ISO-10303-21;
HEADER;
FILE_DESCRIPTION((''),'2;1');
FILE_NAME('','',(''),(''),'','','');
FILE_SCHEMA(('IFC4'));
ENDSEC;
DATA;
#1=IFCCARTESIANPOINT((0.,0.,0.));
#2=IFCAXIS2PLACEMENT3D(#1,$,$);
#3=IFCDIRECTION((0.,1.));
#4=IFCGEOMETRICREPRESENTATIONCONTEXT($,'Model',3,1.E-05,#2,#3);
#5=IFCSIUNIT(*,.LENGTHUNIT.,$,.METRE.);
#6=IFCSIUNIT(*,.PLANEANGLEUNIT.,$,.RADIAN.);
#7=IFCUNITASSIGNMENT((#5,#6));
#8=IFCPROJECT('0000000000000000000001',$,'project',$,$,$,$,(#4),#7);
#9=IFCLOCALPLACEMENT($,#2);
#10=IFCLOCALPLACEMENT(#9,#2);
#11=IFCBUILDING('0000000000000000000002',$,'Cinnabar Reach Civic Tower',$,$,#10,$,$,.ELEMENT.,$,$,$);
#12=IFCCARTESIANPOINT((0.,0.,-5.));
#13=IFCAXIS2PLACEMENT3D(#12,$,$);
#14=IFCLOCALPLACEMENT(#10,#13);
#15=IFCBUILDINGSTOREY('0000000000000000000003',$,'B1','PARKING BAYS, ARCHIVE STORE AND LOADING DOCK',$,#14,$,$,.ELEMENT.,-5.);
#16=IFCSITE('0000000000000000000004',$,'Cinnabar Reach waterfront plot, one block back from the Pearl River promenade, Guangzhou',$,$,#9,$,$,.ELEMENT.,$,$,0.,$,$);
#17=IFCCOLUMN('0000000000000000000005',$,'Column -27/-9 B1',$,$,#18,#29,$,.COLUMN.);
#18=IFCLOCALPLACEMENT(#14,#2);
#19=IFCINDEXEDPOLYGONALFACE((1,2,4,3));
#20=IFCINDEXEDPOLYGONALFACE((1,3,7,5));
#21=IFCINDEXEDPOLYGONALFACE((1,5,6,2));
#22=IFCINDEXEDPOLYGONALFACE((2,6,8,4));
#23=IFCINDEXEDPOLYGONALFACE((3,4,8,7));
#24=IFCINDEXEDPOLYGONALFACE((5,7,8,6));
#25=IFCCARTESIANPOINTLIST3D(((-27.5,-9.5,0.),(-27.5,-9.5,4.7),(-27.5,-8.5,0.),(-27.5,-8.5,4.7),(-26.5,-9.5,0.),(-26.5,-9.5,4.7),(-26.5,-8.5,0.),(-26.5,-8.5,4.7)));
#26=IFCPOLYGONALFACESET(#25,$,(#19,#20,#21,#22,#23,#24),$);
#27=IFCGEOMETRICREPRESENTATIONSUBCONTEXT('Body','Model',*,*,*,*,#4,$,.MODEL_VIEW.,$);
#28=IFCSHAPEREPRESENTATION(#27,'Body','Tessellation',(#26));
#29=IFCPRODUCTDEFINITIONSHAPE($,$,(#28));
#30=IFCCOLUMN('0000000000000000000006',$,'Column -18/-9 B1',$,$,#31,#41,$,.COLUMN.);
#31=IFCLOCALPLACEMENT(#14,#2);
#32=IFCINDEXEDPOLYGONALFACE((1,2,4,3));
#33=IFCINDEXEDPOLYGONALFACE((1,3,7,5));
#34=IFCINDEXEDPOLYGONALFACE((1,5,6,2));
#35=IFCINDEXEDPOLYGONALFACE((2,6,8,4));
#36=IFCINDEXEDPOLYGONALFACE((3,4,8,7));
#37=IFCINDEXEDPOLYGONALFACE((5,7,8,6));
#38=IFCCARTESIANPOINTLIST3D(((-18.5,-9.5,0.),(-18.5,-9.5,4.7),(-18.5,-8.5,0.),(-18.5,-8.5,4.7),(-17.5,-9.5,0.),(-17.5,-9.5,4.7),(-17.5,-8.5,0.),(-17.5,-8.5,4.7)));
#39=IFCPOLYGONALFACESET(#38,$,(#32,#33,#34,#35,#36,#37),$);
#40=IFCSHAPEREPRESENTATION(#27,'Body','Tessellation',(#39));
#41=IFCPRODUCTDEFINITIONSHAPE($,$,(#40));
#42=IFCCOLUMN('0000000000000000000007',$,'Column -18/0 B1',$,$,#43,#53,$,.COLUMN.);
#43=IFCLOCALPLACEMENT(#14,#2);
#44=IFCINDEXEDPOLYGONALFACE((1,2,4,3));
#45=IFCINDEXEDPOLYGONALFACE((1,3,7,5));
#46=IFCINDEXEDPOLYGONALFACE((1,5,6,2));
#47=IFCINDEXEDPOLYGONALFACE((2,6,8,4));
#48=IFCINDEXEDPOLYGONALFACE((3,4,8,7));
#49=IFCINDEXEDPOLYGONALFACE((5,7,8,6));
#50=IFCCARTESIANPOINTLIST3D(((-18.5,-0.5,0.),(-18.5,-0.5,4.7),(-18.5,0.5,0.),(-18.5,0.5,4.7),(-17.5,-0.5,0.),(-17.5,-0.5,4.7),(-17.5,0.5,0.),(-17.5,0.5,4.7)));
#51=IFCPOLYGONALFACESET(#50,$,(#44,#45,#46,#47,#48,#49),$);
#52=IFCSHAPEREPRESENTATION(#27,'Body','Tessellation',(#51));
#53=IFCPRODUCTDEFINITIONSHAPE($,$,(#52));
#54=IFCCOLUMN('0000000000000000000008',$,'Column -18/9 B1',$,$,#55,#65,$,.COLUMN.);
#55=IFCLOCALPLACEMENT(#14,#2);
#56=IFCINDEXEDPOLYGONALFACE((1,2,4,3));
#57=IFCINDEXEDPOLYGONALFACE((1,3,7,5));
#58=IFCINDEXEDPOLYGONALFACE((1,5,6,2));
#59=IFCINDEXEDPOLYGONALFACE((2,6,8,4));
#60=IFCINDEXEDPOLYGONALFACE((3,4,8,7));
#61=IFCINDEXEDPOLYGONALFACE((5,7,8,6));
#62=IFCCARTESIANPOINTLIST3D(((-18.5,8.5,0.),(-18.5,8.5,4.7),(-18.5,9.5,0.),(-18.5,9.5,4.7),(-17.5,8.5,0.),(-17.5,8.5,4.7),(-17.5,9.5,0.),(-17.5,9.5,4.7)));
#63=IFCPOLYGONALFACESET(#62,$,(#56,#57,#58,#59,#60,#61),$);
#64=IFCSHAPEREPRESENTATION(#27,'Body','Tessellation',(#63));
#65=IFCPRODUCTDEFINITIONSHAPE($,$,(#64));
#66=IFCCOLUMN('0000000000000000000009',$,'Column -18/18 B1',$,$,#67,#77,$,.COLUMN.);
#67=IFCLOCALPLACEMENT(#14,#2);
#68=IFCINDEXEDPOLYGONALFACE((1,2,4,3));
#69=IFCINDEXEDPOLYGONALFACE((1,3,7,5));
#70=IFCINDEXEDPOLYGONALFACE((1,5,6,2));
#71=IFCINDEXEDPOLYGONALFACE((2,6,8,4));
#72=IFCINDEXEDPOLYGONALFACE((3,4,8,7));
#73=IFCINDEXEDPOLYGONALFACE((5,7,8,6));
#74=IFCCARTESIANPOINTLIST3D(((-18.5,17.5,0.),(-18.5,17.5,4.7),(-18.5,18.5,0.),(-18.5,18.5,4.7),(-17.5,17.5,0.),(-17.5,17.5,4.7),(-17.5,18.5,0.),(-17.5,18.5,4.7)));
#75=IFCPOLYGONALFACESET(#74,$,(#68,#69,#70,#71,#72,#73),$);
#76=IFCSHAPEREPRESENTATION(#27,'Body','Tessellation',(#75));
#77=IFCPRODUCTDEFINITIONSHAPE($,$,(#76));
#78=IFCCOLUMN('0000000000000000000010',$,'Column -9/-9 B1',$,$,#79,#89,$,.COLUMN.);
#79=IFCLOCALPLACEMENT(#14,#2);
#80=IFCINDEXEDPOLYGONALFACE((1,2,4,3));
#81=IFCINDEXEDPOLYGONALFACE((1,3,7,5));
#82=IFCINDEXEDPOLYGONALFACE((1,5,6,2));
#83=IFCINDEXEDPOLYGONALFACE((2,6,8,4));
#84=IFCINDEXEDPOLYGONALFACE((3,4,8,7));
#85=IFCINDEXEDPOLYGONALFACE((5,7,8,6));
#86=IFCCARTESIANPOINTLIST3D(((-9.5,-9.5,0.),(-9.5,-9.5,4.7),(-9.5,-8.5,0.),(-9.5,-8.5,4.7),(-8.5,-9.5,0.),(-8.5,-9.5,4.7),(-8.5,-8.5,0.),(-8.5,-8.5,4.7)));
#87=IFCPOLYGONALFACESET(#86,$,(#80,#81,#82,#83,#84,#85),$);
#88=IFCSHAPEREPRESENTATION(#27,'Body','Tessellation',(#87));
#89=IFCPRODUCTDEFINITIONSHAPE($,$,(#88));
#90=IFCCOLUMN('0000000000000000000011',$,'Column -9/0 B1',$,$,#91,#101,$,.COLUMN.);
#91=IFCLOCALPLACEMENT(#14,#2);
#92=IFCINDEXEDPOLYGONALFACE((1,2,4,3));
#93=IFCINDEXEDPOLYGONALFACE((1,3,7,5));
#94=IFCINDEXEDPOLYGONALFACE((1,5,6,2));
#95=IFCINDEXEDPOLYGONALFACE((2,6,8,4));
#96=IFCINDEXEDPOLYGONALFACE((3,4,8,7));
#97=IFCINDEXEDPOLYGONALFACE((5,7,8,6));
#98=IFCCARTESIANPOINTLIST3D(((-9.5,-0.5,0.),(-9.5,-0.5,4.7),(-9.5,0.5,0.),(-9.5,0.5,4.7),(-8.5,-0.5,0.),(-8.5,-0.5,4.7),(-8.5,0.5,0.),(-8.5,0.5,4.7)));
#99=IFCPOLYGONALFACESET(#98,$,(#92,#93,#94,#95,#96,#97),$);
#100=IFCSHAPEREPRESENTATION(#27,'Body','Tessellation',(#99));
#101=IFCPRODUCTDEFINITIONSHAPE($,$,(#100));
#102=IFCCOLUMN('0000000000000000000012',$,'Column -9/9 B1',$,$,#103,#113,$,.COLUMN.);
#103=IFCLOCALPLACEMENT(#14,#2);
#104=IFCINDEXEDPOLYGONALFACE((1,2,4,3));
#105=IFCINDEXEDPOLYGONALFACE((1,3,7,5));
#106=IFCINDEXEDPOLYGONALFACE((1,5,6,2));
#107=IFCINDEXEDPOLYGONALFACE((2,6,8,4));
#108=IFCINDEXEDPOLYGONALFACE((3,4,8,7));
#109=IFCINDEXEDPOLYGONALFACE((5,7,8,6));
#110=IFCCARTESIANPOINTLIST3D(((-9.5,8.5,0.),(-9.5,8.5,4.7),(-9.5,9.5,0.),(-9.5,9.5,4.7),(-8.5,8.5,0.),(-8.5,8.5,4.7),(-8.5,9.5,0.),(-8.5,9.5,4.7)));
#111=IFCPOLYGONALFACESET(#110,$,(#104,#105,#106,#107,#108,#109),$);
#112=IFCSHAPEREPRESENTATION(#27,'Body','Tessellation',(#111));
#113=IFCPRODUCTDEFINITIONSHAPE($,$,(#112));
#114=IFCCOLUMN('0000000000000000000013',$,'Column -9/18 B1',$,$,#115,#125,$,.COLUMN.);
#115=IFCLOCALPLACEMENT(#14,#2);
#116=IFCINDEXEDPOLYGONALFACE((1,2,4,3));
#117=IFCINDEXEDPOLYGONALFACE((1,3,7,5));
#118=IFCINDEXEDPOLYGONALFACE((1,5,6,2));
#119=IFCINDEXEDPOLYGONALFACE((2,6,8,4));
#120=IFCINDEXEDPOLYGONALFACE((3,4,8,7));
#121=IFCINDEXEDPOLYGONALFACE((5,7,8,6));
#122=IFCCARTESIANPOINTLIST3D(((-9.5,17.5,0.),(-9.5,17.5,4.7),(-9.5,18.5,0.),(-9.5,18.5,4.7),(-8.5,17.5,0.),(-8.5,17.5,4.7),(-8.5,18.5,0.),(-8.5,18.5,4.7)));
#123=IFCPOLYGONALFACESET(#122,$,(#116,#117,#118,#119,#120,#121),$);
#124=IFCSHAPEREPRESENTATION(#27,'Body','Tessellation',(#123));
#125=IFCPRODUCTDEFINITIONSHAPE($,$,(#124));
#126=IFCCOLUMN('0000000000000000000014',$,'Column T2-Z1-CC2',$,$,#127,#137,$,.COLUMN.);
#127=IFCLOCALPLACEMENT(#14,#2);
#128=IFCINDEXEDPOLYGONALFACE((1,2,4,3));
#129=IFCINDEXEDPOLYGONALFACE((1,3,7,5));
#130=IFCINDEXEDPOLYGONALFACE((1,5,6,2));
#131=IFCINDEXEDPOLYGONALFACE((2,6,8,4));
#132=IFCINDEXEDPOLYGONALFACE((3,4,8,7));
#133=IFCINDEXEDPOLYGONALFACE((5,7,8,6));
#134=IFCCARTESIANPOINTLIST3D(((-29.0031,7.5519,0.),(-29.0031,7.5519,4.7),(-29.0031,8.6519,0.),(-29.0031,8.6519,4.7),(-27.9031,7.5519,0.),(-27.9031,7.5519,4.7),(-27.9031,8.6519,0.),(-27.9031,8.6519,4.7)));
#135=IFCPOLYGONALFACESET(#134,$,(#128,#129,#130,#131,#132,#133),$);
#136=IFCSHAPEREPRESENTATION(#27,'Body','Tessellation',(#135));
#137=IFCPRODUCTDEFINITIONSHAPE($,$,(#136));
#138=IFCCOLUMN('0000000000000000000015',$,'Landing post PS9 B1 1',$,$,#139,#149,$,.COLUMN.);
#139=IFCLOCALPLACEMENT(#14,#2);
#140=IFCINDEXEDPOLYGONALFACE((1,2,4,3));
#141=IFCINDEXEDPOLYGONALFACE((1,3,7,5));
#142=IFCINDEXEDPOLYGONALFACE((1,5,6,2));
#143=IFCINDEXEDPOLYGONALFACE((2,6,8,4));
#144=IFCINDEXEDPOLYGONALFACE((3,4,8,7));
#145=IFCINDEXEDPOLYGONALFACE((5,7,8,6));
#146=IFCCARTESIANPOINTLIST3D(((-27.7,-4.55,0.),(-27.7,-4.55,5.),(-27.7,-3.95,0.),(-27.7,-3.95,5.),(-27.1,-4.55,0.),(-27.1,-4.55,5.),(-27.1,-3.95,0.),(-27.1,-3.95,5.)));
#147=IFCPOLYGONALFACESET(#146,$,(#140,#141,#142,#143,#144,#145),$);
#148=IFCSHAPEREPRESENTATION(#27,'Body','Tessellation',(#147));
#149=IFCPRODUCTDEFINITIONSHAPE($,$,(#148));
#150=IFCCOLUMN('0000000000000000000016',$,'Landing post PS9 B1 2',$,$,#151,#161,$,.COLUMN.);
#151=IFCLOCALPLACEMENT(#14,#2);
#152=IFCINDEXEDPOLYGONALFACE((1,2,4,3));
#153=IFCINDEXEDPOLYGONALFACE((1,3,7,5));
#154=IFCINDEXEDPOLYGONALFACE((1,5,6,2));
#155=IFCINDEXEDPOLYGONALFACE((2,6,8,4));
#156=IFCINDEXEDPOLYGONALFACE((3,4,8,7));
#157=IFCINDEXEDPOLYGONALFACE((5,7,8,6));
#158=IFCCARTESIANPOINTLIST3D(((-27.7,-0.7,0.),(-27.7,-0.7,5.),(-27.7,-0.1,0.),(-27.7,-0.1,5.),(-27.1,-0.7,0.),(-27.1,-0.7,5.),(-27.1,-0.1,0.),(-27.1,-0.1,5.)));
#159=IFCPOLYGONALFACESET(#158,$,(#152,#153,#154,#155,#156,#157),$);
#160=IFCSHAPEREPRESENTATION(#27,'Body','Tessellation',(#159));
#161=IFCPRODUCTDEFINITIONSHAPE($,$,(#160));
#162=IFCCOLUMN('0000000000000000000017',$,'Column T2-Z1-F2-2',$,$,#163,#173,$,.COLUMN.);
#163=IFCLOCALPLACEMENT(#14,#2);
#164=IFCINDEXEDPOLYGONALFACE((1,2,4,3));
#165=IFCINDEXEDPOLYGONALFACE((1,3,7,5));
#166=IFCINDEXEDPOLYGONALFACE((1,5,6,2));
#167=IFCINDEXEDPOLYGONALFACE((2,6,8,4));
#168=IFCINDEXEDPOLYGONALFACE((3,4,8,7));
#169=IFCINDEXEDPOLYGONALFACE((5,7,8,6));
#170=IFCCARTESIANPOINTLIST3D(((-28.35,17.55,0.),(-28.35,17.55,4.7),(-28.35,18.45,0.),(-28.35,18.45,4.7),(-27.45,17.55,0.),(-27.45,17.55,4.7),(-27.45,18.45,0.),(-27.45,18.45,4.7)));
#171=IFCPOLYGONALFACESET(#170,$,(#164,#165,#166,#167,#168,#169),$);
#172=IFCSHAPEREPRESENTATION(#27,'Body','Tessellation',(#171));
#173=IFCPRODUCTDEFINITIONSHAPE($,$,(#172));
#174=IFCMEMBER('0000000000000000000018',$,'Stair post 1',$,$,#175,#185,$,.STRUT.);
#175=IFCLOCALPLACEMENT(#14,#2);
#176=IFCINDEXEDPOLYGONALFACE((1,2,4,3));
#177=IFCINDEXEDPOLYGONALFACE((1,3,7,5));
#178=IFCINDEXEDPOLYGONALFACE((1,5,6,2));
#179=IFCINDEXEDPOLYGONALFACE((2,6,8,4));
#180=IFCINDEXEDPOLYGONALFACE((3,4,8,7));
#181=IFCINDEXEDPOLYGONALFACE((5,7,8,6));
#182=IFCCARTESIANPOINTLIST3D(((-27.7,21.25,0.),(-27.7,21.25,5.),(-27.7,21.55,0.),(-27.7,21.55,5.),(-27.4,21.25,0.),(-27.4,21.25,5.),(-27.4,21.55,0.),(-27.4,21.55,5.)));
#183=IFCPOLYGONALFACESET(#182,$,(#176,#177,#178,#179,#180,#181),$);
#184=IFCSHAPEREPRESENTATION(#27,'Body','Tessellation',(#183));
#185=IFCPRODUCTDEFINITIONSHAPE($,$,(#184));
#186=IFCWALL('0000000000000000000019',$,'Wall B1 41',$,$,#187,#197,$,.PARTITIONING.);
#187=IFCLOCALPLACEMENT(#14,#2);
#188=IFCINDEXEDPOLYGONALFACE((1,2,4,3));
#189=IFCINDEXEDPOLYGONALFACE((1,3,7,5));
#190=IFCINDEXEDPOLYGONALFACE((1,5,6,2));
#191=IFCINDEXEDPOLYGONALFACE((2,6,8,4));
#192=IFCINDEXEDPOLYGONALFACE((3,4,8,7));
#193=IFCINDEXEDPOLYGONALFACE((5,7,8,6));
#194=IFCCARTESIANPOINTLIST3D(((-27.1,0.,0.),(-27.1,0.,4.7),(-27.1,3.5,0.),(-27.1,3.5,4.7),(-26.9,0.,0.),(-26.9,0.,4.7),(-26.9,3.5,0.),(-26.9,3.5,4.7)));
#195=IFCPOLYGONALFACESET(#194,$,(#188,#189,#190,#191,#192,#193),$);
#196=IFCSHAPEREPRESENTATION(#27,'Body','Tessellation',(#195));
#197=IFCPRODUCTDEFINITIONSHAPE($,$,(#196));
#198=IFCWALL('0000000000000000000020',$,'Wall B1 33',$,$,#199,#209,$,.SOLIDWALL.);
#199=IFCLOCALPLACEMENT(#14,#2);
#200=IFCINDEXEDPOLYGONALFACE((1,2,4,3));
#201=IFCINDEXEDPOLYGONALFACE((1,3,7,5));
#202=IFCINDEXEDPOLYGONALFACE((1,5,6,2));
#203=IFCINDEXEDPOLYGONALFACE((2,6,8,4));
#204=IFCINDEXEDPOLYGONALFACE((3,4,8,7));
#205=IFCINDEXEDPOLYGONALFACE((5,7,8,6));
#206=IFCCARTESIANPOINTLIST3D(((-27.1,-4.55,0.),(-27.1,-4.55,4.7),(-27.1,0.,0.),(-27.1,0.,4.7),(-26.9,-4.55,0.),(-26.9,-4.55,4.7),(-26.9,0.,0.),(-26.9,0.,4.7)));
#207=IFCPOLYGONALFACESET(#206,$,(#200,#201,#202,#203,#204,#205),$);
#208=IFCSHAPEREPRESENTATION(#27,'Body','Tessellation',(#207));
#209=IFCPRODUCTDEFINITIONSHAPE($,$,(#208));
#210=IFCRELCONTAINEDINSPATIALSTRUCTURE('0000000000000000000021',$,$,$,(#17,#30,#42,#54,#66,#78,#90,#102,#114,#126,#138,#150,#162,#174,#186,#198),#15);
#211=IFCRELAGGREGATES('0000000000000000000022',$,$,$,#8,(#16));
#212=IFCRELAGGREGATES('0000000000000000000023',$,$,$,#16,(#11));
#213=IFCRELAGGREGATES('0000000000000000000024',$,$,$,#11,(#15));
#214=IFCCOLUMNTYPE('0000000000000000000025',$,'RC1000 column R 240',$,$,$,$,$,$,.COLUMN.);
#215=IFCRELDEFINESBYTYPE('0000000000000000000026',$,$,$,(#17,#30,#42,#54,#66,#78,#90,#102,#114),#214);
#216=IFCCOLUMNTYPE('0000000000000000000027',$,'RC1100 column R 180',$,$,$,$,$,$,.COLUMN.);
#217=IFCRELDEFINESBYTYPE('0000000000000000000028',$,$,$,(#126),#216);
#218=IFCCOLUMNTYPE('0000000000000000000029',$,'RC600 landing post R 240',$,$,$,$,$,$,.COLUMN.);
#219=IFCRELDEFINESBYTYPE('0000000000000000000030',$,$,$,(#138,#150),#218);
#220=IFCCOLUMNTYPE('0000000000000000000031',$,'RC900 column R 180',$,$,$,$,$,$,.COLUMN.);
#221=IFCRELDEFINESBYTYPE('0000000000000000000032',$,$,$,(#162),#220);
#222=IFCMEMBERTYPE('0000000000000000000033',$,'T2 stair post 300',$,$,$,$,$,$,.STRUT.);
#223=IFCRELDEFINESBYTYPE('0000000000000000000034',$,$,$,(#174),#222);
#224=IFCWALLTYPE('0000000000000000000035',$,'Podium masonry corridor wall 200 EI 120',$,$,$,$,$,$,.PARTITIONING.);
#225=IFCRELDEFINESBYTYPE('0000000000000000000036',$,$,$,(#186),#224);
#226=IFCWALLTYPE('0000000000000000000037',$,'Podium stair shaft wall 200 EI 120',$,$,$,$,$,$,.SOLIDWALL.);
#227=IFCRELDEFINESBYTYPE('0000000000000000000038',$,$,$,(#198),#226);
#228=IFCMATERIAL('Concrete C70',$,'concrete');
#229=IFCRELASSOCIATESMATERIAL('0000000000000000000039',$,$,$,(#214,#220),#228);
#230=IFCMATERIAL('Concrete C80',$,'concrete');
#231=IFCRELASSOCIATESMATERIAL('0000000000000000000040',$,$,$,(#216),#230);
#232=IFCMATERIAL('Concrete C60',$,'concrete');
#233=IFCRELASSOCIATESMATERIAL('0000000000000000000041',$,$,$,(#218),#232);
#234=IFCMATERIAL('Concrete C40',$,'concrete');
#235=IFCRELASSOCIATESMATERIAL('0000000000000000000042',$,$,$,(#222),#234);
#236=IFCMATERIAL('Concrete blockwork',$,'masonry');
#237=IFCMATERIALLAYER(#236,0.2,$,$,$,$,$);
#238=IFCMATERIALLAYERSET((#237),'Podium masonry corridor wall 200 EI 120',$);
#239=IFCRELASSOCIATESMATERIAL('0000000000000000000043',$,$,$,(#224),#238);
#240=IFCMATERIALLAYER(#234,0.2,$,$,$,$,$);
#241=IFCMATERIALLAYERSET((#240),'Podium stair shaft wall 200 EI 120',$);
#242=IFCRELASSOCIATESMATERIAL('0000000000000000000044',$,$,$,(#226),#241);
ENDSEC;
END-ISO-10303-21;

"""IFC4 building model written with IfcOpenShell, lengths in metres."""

from ifc_helpers import new_model, si_unit, direction, frame, frame_2d, origin, origin_2d, place, context, subcontext, project, spatial, rectangle, extrude, material, layer, layer_set, material_profile, profile_set, type_object, element, save


model = new_model("IFC4")

# Units and contexts
model_context = context("Model", 3, precision=1e-05, world=origin(), true_north=direction((0.0, 1.0)))
body_context = subcontext(model_context, "Body", "Model", "MODEL_VIEW")
ifc_project = project(units=[si_unit("LENGTHUNIT", "METRE"), si_unit("PLANEANGLEUNIT", "RADIAN")], contexts=[model_context])

# Site, building, storey
site_placement = place(None, origin())
site = spatial("IfcSite", under=ifc_project, at=site_placement, Name="Cinnabar Reach waterfront plot, one block back from the Pearl River promenade, Guangzhou", CompositionType="ELEMENT", RefElevation=0.0)
building_placement = place(site_placement, origin())
building = spatial("IfcBuilding", under=site, at=building_placement, Name="Cinnabar Reach Civic Tower", CompositionType="ELEMENT")
storey_placement = place(building_placement, frame((0.0, 0.0, -5.0)))
storey = spatial("IfcBuildingStorey", under=building, at=storey_placement, Name="B1", Description="PARKING BAYS, ARCHIVE STORE AND LOADING DOCK", CompositionType="ELEMENT", Elevation=-5.0)

# Columns
ifc_material_1 = material(Name="Concrete C70", Category="concrete")
ifc_material_profile_1 = material_profile(ifc_material_1, rectangle(XDim=1.0, YDim=1.0, at=origin_2d()), Name="RC1000")
ifc_profile_set_1 = profile_set([ifc_material_profile_1], Name="Concrete C70")
column_type_1 = type_object("IfcColumnType", Name="RC1000 column R 240", PredefinedType="COLUMN", material=ifc_profile_set_1)
for number, where, z_axis, x_axis, name in (
    (1, (-27.0, -9.0, 0.0), (0.0, 0.0, 1.0), (1.0, 0.0, 0.0), "Column -27/-9 B1"),
    (2, (-18.0, -9.0, 0.0), (0.0, 0.0, 1.0), (1.0, 0.0, 0.0), "Column -18/-9 B1"),
    (3, (-18.0, 0.0, 0.0), (0.0, 0.0, 1.0), (1.0, 0.0, 0.0), "Column -18/0 B1"),
    (4, (-18.0, 9.0, 0.0), (0.0, 0.0, 1.0), (1.0, 0.0, 0.0), "Column -18/9 B1"),
    (5, (-18.0, 18.0, 0.0), (0.0, 0.0, 1.0), (1.0, 0.0, 0.0), "Column -18/18 B1"),
    (6, (-9.0, -9.0, 0.0), (0.0, 0.0, 1.0), (1.0, 0.0, 0.0), "Column -9/-9 B1"),
    (7, (-9.0, 0.0, 0.0), (0.0, 0.0, 1.0), (1.0, 0.0, 0.0), "Column -9/0 B1"),
    (8, (-9.0, 9.0, 0.0), (0.0, 0.0, 1.0), (1.0, 0.0, 0.0), "Column -9/9 B1"),
    (9, (-9.0, 18.0, 0.0), (0.0, 0.0, 1.0), (1.0, 0.0, 0.0), "Column -9/18 B1"),
):
    element("IfcColumn", number, at=place(storey_placement, frame(where, z_axis=z_axis, x_axis=x_axis)), inside=storey, type_object=column_type_1, Name=name, PredefinedType="COLUMN", context=body_context, shape_type="SweptSolid", body=[
        extrude(rectangle(XDim=1.0, YDim=1.0, at=origin_2d()), origin(), (0.0, 0.0, 1.0), 4.7),
    ])
ifc_material_2 = material(Name="Concrete C80", Category="concrete")
ifc_material_profile_2 = material_profile(ifc_material_2, rectangle(XDim=1.1, YDim=1.1, at=origin_2d()), Name="RC1100")
ifc_profile_set_2 = profile_set([ifc_material_profile_2], Name="Concrete C80")
column_type_2 = type_object("IfcColumnType", Name="RC1100 column R 180", PredefinedType="COLUMN", material=ifc_profile_set_2)
column_1_placement = place(storey_placement, frame((-28.4531, 8.1019, 0.0), z_axis=(0.0, 0.0, 1.0), x_axis=(1.0, 0.0, 0.0)))
element("IfcColumn", 10, at=column_1_placement, inside=storey, type_object=column_type_2, Name="Column T2-Z1-CC2", PredefinedType="COLUMN", context=body_context, shape_type="SweptSolid", body=[
    extrude(rectangle(XDim=1.1, YDim=1.1, at=origin_2d()), origin(), (0.0, 0.0, 1.0), 4.7),
])
ifc_material_3 = material(Name="Concrete C60", Category="concrete")
ifc_material_profile_3 = material_profile(ifc_material_3, rectangle(XDim=0.6, YDim=0.6, at=origin_2d()), Name="RC600")
ifc_profile_set_3 = profile_set([ifc_material_profile_3], Name="Concrete C60")
column_type_3 = type_object("IfcColumnType", Name="RC600 landing post R 240", PredefinedType="COLUMN", material=ifc_profile_set_3)
for number, where, z_axis, x_axis, name in (
    (11, (-27.4, -4.25, 0.0), (0.0, 0.0, 1.0), (1.0, 0.0, 0.0), "Landing post PS9 B1 1"),
    (12, (-27.4, -0.4, 0.0), (0.0, 0.0, 1.0), (1.0, 0.0, 0.0), "Landing post PS9 B1 2"),
):
    element("IfcColumn", number, at=place(storey_placement, frame(where, z_axis=z_axis, x_axis=x_axis)), inside=storey, type_object=column_type_3, Name=name, PredefinedType="COLUMN", context=body_context, shape_type="SweptSolid", body=[
        extrude(rectangle(XDim=0.6, YDim=0.6, at=origin_2d()), origin(), (0.0, 0.0, 1.0), 5.0),
    ])
ifc_material_profile_4 = material_profile(ifc_material_1, rectangle(XDim=0.9, YDim=0.9, at=origin_2d()), Name="RC900")
ifc_profile_set_4 = profile_set([ifc_material_profile_4], Name="Concrete C70")
column_type_4 = type_object("IfcColumnType", Name="RC900 column R 180", PredefinedType="COLUMN", material=ifc_profile_set_4)
column_2_placement = place(storey_placement, frame((-27.9, 18.0, 0.0), z_axis=(0.0, 0.0, 1.0), x_axis=(1.0, 0.0, 0.0)))
element("IfcColumn", 13, at=column_2_placement, inside=storey, type_object=column_type_4, Name="Column T2-Z1-F2-2", PredefinedType="COLUMN", context=body_context, shape_type="SweptSolid", body=[
    extrude(rectangle(XDim=0.9, YDim=0.9, at=origin_2d()), origin(), (0.0, 0.0, 1.0), 4.7),
])

# Member
ifc_material_4 = material(Name="Concrete C40", Category="concrete")
ifc_material_profile_5 = material_profile(ifc_material_4, rectangle(XDim=0.3, YDim=0.3, at=origin_2d()), Name="C300")
ifc_profile_set_5 = profile_set([ifc_material_profile_5], Name="Concrete C40")
member_type = type_object("IfcMemberType", Name="T2 stair post 300", PredefinedType="STRUT", material=ifc_profile_set_5)
member_placement = place(storey_placement, frame((-27.55, 21.4, 0.0), z_axis=(0.0, 0.0, 1.0), x_axis=(1.0, 0.0, 0.0)))
element("IfcMember", 14, at=member_placement, inside=storey, type_object=member_type, Name="Stair post 1", PredefinedType="STRUT", context=body_context, shape_type="SweptSolid", body=[
    extrude(rectangle(XDim=0.3, YDim=0.3, at=origin_2d()), origin(), (0.0, 0.0, 1.0), 5.0),
])

# Walls
ifc_material_5 = material(Name="Concrete blockwork", Category="masonry")
ifc_layer_1 = layer(ifc_material_5, 0.2)
ifc_layer_set_1 = layer_set([ifc_layer_1], Name="Podium masonry corridor wall 200 EI 120")
wall_type_1 = type_object("IfcWallType", Name="Podium masonry corridor wall 200 EI 120", PredefinedType="PARTITIONING", material=ifc_layer_set_1)
wall_1_placement = place(storey_placement, frame((-27.0, 0.0, 0.0), z_axis=(0.0, 0.0, 1.0), x_axis=(0.0, 1.0, 0.0)))
element("IfcWall", 15, at=wall_1_placement, inside=storey, type_object=wall_type_1, Name="Wall B1 41", PredefinedType="PARTITIONING", context=body_context, shape_type="SweptSolid", body=[
    extrude(rectangle(XDim=3.5, YDim=0.2, at=frame_2d((1.75, 0.0))), origin(), (0.0, 0.0, 1.0), 4.7),
])
ifc_layer_2 = layer(ifc_material_4, 0.2)
ifc_layer_set_2 = layer_set([ifc_layer_2], Name="Podium stair shaft wall 200 EI 120")
wall_type_2 = type_object("IfcWallType", Name="Podium stair shaft wall 200 EI 120", PredefinedType="SOLIDWALL", material=ifc_layer_set_2)
wall_2_placement = place(storey_placement, frame((-27.0, -4.55, 0.0), z_axis=(0.0, 0.0, 1.0), x_axis=(0.0, 1.0, 0.0)))
element("IfcWall", 16, at=wall_2_placement, inside=storey, type_object=wall_type_2, Name="Wall B1 33", PredefinedType="SOLIDWALL", context=body_context, shape_type="SweptSolid", body=[
    extrude(rectangle(XDim=4.55, YDim=0.2, at=frame_2d((2.275, 0.0))), origin(), (0.0, 0.0, 1.0), 4.7),
])

save(model, "model.ifc")
